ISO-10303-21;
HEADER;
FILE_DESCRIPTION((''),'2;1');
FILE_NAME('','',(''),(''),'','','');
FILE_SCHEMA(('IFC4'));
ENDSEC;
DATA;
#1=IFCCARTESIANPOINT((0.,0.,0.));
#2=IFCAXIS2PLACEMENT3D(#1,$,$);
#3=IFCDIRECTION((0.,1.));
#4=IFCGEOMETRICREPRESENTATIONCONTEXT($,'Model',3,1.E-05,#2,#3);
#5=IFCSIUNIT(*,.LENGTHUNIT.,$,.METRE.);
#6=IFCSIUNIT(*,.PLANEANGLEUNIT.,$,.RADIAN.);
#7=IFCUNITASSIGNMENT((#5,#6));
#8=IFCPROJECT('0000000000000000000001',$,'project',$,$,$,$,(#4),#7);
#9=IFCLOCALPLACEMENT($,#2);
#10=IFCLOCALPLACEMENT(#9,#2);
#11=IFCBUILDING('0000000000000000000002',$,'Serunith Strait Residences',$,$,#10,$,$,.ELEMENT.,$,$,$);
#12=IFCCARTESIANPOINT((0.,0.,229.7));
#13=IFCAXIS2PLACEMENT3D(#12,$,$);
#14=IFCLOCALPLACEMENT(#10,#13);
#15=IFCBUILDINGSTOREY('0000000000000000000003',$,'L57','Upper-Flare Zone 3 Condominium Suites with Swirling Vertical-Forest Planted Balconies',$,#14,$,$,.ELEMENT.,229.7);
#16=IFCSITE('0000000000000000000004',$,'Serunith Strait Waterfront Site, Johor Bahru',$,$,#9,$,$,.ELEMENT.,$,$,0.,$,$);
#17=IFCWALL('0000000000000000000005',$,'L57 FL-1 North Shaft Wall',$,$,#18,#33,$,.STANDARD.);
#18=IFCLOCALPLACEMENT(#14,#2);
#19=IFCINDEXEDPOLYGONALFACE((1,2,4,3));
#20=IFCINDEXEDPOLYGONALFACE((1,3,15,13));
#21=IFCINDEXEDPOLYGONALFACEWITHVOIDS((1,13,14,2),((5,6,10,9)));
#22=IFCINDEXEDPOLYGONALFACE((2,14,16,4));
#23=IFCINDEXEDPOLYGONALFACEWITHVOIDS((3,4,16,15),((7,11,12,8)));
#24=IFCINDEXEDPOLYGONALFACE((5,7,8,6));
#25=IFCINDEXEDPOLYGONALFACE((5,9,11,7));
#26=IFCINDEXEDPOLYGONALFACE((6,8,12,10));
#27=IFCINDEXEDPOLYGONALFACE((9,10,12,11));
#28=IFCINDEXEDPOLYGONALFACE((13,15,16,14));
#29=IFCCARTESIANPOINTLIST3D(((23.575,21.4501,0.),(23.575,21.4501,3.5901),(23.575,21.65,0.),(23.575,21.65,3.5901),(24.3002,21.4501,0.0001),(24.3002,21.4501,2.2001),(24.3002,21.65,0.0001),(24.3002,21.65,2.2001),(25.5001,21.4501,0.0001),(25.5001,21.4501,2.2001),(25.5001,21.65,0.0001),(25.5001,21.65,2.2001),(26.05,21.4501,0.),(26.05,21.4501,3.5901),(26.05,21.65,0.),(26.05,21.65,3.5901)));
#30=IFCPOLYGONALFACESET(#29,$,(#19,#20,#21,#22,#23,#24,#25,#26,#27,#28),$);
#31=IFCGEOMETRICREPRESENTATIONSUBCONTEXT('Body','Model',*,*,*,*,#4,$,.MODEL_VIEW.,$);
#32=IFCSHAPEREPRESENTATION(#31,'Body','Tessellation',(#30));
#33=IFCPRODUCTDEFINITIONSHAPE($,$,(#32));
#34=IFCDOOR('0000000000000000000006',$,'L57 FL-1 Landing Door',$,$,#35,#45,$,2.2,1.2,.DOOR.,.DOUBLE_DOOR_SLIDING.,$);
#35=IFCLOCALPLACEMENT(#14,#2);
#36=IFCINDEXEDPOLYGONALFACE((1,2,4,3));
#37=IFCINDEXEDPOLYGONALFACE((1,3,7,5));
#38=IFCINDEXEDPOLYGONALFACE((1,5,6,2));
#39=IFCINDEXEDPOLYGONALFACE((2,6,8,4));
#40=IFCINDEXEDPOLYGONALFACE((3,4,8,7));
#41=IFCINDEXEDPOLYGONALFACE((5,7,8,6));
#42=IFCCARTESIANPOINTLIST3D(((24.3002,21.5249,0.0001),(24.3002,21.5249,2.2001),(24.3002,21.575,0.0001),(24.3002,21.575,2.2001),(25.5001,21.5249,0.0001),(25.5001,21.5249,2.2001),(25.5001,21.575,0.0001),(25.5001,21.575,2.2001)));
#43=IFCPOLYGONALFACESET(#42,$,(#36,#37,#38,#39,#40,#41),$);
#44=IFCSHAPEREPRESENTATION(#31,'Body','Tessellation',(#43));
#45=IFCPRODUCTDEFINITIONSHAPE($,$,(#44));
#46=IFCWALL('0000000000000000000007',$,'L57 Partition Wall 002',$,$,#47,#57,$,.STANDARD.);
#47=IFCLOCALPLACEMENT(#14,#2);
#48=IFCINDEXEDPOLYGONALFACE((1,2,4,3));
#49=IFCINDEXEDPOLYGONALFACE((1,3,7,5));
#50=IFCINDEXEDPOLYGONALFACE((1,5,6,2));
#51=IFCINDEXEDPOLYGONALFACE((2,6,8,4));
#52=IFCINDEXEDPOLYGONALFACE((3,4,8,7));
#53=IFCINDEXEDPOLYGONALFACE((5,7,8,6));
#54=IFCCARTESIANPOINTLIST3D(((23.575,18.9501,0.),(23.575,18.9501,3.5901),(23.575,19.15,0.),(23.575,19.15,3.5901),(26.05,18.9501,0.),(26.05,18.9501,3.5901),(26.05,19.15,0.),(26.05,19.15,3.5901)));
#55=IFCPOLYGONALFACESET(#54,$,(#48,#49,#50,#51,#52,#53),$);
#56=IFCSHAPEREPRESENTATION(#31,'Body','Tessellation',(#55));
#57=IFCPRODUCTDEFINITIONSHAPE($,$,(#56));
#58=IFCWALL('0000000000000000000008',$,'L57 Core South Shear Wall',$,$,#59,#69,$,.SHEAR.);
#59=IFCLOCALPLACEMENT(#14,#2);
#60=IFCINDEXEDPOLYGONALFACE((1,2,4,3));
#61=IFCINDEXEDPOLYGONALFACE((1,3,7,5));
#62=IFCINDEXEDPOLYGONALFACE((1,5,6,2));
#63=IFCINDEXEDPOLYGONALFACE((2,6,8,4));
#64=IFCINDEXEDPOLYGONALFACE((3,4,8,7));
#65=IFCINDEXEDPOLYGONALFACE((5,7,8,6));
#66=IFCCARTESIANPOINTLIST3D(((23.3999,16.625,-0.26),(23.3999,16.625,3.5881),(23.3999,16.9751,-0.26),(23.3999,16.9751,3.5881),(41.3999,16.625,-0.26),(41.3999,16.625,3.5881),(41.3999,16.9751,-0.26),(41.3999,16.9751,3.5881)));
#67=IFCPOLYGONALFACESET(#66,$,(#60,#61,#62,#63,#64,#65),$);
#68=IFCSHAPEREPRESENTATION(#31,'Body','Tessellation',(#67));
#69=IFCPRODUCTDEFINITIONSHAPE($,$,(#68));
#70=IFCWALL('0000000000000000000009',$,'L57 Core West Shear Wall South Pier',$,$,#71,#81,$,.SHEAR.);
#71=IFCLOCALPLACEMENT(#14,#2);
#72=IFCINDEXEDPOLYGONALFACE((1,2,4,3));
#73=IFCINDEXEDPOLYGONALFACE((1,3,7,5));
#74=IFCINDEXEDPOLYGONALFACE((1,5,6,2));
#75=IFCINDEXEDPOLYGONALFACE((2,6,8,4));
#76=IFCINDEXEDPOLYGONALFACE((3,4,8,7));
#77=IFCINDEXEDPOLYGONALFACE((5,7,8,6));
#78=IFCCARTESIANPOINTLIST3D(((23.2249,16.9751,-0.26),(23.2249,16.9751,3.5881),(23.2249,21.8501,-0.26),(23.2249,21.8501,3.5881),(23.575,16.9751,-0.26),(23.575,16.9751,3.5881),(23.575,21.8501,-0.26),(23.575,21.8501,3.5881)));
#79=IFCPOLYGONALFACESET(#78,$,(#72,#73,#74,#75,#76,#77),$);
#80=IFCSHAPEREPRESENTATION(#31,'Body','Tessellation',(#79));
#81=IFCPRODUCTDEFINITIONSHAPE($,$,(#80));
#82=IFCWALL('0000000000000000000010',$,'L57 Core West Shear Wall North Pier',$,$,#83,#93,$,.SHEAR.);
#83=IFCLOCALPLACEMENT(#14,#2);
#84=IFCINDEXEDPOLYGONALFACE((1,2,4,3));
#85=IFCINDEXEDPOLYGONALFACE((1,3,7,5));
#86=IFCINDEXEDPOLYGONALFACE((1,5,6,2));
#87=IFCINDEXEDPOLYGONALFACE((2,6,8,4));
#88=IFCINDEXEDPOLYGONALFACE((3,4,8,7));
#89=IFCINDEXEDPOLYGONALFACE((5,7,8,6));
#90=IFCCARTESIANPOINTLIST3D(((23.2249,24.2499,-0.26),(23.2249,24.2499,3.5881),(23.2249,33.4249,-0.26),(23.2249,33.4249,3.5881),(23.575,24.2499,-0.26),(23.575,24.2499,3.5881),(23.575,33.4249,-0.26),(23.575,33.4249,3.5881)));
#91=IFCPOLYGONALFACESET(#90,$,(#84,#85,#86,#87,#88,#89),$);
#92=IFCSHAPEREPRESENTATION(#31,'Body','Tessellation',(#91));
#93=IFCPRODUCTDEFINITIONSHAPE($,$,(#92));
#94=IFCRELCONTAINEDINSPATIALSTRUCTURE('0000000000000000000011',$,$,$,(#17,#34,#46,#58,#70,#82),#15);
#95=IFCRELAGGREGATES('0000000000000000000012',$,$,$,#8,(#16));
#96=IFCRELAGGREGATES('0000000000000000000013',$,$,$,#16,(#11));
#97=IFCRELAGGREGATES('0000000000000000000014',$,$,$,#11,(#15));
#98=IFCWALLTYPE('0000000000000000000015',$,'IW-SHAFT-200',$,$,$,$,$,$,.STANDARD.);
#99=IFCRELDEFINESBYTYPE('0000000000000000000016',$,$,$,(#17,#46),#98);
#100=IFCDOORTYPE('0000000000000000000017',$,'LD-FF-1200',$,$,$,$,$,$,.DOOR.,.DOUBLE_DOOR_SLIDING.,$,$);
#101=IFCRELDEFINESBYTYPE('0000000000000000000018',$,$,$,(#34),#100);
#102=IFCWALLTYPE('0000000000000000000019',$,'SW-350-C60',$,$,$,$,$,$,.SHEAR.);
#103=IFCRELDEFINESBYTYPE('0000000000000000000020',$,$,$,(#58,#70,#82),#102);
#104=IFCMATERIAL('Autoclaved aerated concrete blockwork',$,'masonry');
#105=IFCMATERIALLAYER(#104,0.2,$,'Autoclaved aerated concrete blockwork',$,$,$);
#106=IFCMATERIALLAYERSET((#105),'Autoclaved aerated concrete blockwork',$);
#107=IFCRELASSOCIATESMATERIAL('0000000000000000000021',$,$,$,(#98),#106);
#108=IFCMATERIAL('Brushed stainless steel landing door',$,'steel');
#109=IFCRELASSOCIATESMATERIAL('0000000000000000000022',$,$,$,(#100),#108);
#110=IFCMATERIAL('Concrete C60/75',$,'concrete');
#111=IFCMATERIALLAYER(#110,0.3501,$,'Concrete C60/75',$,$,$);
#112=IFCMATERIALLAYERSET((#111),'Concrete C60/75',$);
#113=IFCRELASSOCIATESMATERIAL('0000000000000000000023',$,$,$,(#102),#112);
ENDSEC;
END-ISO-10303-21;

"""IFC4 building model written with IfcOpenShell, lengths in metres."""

from ifc_helpers import new_model, si_unit, direction, frame, frame_2d, origin, place, context, subcontext, project, spatial, rectangle, extrude, source, transform, mapped, material, layer, layer_set, type_object, element, fill, save


model = new_model("IFC4")

# Units and contexts
model_context = context("Model", 3, precision=1e-05, world=origin(), true_north=direction((0.0, 1.0)))
body_context = subcontext(model_context, "Body", "Model", "MODEL_VIEW")
ifc_project = project(units=[si_unit("LENGTHUNIT", "METRE"), si_unit("PLANEANGLEUNIT", "RADIAN")], contexts=[model_context])

# Site, building, storey
site_placement = place(None, origin())
site = spatial("IfcSite", under=ifc_project, at=site_placement, Name="Serunith Strait Waterfront Site, Johor Bahru", CompositionType="ELEMENT", RefElevation=0.0)
building_placement = place(site_placement, origin())
building = spatial("IfcBuilding", under=site, at=building_placement, Name="Serunith Strait Residences", CompositionType="ELEMENT")
storey_placement = place(building_placement, frame((0.0, 0.0, 229.7)))
storey = spatial("IfcBuildingStorey", under=building, at=storey_placement, Name="L57", Description="Upper-Flare Zone 3 Condominium Suites with Swirling Vertical-Forest Planted Balconies", CompositionType="ELEMENT", Elevation=229.7)

# Wall, opening, door
ifc_material_1 = material(Name="Autoclaved aerated concrete blockwork", Category="masonry")
ifc_layer_1 = layer(ifc_material_1, 0.2, Name="Autoclaved aerated concrete blockwork")
ifc_layer_set_1 = layer_set([ifc_layer_1], Name="Autoclaved aerated concrete blockwork")
wall_type_1 = type_object("IfcWallType", Name="IW-SHAFT-200", PredefinedType="STANDARD", material=ifc_layer_set_1)
wall_1_placement = place(storey_placement, frame((23.575, 21.55, 0.0), z_axis=(0.0, 0.0, 1.0), x_axis=(1.0, 0.0, 0.0)))
wall_1 = element("IfcWall", 1, at=wall_1_placement, inside=storey, type_object=wall_type_1, Name="L57 FL-1 North Shaft Wall", PredefinedType="STANDARD", context=body_context, shape_type="SweptSolid", body=[
    extrude(rectangle(XDim=2.4751, YDim=0.2, at=frame_2d((1.2375, 0.0))), origin(), (0.0, 0.0, 1.0), 3.5901),
])
opening_1_placement = place(wall_1_placement, frame((0.7251, 0.0, 0.0)))
opening_1 = element("IfcOpeningElement", 2, at=opening_1_placement, cuts=wall_1, PredefinedType="OPENING", context=body_context, shape_type="SweptSolid", body=[
    extrude(rectangle(XDim=1.2, YDim=2.2, at=frame_2d((0.6001, 1.1001))), frame((0.0, 0.1099, 0.0), z_axis=(0.0, -1.0, 0.0), x_axis=(1.0, 0.0, 0.0)), (0.0, 0.0, 1.0), 0.22),
])
ifc_material_2 = material(Name="Brushed stainless steel landing door", Category="steel")
door_type_1 = type_object("IfcDoorType", Name="LD-FF-1200", OperationType="DOUBLE_DOOR_SLIDING", PredefinedType="DOOR", material=ifc_material_2)
shared_shape_1 = source(origin(), body_context, "Body", "SweptSolid", [
    extrude(rectangle(XDim=1.2, YDim=2.2, at=frame_2d((0.6001, 1.1001))), frame((0.0, 0.0249, 0.0), z_axis=(0.0, -1.0, 0.0), x_axis=(1.0, 0.0, 0.0)), (0.0, 0.0, 1.0), 0.05),
])
door_1_placement = place(opening_1_placement, origin())
door_1 = element("IfcDoor", 3, at=door_1_placement, inside=storey, type_object=door_type_1, Name="L57 FL-1 Landing Door", OperationType="DOUBLE_DOOR_SLIDING", OverallHeight=2.2, OverallWidth=1.2, PredefinedType="DOOR", context=body_context, shape_type="MappedRepresentation", body=[
    mapped(shared_shape_1, transform((0.0, 0.0, 0.0), scale=1.0)),
])
fill(opening_1, door_1)

# Wall
wall_2_placement = place(storey_placement, frame((23.575, 19.05, 0.0), z_axis=(0.0, 0.0, 1.0), x_axis=(1.0, 0.0, 0.0)))
element("IfcWall", 4, at=wall_2_placement, inside=storey, type_object=wall_type_1, Name="L57 Partition Wall 002", PredefinedType="STANDARD", context=body_context, shape_type="SweptSolid", body=[
    extrude(rectangle(XDim=2.4751, YDim=0.2, at=frame_2d((1.2375, 0.0))), origin(), (0.0, 0.0, 1.0), 3.5901),
])

# Walls
ifc_material_3 = material(Name="Concrete C60/75", Category="concrete")
ifc_layer_2 = layer(ifc_material_3, 0.3501, Name="Concrete C60/75")
ifc_layer_set_2 = layer_set([ifc_layer_2], Name="Concrete C60/75")
wall_type_2 = type_object("IfcWallType", Name="SW-350-C60", PredefinedType="SHEAR", material=ifc_layer_set_2)
wall_3_placement = place(storey_placement, frame((23.3999, 16.8, -0.26), z_axis=(0.0, 0.0, 1.0), x_axis=(1.0, 0.0, 0.0)))
element("IfcWall", 5, at=wall_3_placement, inside=storey, type_object=wall_type_2, Name="L57 Core South Shear Wall", PredefinedType="SHEAR", context=body_context, shape_type="SweptSolid", body=[
    extrude(rectangle(XDim=18.0, YDim=0.3501, at=frame_2d((9.0, 0.0))), origin(), (0.0, 0.0, 1.0), 3.8481),
])
wall_4_placement = place(storey_placement, frame((23.3999, 16.9751, -0.26), z_axis=(0.0, 0.0, 1.0), x_axis=(0.0, 1.0, 0.0)))
element("IfcWall", 6, at=wall_4_placement, inside=storey, type_object=wall_type_2, Name="L57 Core West Shear Wall South Pier", PredefinedType="SHEAR", context=body_context, shape_type="SweptSolid", body=[
    extrude(rectangle(XDim=4.875, YDim=0.3501, at=frame_2d((2.4375, 0.0))), origin(), (0.0, 0.0, 1.0), 3.8481),
])
wall_5_placement = place(storey_placement, frame((23.3999, 24.25, -0.26), z_axis=(0.0, 0.0, 1.0), x_axis=(0.0, 1.0, 0.0)))
element("IfcWall", 7, at=wall_5_placement, inside=storey, type_object=wall_type_2, Name="L57 Core West Shear Wall North Pier", PredefinedType="SHEAR", context=body_context, shape_type="SweptSolid", body=[
    extrude(rectangle(XDim=9.175, YDim=0.3501, at=frame_2d((4.5874, 0.0))), origin(), (0.0, 0.0, 1.0), 3.8481),
])

save(model, "model.ifc")
